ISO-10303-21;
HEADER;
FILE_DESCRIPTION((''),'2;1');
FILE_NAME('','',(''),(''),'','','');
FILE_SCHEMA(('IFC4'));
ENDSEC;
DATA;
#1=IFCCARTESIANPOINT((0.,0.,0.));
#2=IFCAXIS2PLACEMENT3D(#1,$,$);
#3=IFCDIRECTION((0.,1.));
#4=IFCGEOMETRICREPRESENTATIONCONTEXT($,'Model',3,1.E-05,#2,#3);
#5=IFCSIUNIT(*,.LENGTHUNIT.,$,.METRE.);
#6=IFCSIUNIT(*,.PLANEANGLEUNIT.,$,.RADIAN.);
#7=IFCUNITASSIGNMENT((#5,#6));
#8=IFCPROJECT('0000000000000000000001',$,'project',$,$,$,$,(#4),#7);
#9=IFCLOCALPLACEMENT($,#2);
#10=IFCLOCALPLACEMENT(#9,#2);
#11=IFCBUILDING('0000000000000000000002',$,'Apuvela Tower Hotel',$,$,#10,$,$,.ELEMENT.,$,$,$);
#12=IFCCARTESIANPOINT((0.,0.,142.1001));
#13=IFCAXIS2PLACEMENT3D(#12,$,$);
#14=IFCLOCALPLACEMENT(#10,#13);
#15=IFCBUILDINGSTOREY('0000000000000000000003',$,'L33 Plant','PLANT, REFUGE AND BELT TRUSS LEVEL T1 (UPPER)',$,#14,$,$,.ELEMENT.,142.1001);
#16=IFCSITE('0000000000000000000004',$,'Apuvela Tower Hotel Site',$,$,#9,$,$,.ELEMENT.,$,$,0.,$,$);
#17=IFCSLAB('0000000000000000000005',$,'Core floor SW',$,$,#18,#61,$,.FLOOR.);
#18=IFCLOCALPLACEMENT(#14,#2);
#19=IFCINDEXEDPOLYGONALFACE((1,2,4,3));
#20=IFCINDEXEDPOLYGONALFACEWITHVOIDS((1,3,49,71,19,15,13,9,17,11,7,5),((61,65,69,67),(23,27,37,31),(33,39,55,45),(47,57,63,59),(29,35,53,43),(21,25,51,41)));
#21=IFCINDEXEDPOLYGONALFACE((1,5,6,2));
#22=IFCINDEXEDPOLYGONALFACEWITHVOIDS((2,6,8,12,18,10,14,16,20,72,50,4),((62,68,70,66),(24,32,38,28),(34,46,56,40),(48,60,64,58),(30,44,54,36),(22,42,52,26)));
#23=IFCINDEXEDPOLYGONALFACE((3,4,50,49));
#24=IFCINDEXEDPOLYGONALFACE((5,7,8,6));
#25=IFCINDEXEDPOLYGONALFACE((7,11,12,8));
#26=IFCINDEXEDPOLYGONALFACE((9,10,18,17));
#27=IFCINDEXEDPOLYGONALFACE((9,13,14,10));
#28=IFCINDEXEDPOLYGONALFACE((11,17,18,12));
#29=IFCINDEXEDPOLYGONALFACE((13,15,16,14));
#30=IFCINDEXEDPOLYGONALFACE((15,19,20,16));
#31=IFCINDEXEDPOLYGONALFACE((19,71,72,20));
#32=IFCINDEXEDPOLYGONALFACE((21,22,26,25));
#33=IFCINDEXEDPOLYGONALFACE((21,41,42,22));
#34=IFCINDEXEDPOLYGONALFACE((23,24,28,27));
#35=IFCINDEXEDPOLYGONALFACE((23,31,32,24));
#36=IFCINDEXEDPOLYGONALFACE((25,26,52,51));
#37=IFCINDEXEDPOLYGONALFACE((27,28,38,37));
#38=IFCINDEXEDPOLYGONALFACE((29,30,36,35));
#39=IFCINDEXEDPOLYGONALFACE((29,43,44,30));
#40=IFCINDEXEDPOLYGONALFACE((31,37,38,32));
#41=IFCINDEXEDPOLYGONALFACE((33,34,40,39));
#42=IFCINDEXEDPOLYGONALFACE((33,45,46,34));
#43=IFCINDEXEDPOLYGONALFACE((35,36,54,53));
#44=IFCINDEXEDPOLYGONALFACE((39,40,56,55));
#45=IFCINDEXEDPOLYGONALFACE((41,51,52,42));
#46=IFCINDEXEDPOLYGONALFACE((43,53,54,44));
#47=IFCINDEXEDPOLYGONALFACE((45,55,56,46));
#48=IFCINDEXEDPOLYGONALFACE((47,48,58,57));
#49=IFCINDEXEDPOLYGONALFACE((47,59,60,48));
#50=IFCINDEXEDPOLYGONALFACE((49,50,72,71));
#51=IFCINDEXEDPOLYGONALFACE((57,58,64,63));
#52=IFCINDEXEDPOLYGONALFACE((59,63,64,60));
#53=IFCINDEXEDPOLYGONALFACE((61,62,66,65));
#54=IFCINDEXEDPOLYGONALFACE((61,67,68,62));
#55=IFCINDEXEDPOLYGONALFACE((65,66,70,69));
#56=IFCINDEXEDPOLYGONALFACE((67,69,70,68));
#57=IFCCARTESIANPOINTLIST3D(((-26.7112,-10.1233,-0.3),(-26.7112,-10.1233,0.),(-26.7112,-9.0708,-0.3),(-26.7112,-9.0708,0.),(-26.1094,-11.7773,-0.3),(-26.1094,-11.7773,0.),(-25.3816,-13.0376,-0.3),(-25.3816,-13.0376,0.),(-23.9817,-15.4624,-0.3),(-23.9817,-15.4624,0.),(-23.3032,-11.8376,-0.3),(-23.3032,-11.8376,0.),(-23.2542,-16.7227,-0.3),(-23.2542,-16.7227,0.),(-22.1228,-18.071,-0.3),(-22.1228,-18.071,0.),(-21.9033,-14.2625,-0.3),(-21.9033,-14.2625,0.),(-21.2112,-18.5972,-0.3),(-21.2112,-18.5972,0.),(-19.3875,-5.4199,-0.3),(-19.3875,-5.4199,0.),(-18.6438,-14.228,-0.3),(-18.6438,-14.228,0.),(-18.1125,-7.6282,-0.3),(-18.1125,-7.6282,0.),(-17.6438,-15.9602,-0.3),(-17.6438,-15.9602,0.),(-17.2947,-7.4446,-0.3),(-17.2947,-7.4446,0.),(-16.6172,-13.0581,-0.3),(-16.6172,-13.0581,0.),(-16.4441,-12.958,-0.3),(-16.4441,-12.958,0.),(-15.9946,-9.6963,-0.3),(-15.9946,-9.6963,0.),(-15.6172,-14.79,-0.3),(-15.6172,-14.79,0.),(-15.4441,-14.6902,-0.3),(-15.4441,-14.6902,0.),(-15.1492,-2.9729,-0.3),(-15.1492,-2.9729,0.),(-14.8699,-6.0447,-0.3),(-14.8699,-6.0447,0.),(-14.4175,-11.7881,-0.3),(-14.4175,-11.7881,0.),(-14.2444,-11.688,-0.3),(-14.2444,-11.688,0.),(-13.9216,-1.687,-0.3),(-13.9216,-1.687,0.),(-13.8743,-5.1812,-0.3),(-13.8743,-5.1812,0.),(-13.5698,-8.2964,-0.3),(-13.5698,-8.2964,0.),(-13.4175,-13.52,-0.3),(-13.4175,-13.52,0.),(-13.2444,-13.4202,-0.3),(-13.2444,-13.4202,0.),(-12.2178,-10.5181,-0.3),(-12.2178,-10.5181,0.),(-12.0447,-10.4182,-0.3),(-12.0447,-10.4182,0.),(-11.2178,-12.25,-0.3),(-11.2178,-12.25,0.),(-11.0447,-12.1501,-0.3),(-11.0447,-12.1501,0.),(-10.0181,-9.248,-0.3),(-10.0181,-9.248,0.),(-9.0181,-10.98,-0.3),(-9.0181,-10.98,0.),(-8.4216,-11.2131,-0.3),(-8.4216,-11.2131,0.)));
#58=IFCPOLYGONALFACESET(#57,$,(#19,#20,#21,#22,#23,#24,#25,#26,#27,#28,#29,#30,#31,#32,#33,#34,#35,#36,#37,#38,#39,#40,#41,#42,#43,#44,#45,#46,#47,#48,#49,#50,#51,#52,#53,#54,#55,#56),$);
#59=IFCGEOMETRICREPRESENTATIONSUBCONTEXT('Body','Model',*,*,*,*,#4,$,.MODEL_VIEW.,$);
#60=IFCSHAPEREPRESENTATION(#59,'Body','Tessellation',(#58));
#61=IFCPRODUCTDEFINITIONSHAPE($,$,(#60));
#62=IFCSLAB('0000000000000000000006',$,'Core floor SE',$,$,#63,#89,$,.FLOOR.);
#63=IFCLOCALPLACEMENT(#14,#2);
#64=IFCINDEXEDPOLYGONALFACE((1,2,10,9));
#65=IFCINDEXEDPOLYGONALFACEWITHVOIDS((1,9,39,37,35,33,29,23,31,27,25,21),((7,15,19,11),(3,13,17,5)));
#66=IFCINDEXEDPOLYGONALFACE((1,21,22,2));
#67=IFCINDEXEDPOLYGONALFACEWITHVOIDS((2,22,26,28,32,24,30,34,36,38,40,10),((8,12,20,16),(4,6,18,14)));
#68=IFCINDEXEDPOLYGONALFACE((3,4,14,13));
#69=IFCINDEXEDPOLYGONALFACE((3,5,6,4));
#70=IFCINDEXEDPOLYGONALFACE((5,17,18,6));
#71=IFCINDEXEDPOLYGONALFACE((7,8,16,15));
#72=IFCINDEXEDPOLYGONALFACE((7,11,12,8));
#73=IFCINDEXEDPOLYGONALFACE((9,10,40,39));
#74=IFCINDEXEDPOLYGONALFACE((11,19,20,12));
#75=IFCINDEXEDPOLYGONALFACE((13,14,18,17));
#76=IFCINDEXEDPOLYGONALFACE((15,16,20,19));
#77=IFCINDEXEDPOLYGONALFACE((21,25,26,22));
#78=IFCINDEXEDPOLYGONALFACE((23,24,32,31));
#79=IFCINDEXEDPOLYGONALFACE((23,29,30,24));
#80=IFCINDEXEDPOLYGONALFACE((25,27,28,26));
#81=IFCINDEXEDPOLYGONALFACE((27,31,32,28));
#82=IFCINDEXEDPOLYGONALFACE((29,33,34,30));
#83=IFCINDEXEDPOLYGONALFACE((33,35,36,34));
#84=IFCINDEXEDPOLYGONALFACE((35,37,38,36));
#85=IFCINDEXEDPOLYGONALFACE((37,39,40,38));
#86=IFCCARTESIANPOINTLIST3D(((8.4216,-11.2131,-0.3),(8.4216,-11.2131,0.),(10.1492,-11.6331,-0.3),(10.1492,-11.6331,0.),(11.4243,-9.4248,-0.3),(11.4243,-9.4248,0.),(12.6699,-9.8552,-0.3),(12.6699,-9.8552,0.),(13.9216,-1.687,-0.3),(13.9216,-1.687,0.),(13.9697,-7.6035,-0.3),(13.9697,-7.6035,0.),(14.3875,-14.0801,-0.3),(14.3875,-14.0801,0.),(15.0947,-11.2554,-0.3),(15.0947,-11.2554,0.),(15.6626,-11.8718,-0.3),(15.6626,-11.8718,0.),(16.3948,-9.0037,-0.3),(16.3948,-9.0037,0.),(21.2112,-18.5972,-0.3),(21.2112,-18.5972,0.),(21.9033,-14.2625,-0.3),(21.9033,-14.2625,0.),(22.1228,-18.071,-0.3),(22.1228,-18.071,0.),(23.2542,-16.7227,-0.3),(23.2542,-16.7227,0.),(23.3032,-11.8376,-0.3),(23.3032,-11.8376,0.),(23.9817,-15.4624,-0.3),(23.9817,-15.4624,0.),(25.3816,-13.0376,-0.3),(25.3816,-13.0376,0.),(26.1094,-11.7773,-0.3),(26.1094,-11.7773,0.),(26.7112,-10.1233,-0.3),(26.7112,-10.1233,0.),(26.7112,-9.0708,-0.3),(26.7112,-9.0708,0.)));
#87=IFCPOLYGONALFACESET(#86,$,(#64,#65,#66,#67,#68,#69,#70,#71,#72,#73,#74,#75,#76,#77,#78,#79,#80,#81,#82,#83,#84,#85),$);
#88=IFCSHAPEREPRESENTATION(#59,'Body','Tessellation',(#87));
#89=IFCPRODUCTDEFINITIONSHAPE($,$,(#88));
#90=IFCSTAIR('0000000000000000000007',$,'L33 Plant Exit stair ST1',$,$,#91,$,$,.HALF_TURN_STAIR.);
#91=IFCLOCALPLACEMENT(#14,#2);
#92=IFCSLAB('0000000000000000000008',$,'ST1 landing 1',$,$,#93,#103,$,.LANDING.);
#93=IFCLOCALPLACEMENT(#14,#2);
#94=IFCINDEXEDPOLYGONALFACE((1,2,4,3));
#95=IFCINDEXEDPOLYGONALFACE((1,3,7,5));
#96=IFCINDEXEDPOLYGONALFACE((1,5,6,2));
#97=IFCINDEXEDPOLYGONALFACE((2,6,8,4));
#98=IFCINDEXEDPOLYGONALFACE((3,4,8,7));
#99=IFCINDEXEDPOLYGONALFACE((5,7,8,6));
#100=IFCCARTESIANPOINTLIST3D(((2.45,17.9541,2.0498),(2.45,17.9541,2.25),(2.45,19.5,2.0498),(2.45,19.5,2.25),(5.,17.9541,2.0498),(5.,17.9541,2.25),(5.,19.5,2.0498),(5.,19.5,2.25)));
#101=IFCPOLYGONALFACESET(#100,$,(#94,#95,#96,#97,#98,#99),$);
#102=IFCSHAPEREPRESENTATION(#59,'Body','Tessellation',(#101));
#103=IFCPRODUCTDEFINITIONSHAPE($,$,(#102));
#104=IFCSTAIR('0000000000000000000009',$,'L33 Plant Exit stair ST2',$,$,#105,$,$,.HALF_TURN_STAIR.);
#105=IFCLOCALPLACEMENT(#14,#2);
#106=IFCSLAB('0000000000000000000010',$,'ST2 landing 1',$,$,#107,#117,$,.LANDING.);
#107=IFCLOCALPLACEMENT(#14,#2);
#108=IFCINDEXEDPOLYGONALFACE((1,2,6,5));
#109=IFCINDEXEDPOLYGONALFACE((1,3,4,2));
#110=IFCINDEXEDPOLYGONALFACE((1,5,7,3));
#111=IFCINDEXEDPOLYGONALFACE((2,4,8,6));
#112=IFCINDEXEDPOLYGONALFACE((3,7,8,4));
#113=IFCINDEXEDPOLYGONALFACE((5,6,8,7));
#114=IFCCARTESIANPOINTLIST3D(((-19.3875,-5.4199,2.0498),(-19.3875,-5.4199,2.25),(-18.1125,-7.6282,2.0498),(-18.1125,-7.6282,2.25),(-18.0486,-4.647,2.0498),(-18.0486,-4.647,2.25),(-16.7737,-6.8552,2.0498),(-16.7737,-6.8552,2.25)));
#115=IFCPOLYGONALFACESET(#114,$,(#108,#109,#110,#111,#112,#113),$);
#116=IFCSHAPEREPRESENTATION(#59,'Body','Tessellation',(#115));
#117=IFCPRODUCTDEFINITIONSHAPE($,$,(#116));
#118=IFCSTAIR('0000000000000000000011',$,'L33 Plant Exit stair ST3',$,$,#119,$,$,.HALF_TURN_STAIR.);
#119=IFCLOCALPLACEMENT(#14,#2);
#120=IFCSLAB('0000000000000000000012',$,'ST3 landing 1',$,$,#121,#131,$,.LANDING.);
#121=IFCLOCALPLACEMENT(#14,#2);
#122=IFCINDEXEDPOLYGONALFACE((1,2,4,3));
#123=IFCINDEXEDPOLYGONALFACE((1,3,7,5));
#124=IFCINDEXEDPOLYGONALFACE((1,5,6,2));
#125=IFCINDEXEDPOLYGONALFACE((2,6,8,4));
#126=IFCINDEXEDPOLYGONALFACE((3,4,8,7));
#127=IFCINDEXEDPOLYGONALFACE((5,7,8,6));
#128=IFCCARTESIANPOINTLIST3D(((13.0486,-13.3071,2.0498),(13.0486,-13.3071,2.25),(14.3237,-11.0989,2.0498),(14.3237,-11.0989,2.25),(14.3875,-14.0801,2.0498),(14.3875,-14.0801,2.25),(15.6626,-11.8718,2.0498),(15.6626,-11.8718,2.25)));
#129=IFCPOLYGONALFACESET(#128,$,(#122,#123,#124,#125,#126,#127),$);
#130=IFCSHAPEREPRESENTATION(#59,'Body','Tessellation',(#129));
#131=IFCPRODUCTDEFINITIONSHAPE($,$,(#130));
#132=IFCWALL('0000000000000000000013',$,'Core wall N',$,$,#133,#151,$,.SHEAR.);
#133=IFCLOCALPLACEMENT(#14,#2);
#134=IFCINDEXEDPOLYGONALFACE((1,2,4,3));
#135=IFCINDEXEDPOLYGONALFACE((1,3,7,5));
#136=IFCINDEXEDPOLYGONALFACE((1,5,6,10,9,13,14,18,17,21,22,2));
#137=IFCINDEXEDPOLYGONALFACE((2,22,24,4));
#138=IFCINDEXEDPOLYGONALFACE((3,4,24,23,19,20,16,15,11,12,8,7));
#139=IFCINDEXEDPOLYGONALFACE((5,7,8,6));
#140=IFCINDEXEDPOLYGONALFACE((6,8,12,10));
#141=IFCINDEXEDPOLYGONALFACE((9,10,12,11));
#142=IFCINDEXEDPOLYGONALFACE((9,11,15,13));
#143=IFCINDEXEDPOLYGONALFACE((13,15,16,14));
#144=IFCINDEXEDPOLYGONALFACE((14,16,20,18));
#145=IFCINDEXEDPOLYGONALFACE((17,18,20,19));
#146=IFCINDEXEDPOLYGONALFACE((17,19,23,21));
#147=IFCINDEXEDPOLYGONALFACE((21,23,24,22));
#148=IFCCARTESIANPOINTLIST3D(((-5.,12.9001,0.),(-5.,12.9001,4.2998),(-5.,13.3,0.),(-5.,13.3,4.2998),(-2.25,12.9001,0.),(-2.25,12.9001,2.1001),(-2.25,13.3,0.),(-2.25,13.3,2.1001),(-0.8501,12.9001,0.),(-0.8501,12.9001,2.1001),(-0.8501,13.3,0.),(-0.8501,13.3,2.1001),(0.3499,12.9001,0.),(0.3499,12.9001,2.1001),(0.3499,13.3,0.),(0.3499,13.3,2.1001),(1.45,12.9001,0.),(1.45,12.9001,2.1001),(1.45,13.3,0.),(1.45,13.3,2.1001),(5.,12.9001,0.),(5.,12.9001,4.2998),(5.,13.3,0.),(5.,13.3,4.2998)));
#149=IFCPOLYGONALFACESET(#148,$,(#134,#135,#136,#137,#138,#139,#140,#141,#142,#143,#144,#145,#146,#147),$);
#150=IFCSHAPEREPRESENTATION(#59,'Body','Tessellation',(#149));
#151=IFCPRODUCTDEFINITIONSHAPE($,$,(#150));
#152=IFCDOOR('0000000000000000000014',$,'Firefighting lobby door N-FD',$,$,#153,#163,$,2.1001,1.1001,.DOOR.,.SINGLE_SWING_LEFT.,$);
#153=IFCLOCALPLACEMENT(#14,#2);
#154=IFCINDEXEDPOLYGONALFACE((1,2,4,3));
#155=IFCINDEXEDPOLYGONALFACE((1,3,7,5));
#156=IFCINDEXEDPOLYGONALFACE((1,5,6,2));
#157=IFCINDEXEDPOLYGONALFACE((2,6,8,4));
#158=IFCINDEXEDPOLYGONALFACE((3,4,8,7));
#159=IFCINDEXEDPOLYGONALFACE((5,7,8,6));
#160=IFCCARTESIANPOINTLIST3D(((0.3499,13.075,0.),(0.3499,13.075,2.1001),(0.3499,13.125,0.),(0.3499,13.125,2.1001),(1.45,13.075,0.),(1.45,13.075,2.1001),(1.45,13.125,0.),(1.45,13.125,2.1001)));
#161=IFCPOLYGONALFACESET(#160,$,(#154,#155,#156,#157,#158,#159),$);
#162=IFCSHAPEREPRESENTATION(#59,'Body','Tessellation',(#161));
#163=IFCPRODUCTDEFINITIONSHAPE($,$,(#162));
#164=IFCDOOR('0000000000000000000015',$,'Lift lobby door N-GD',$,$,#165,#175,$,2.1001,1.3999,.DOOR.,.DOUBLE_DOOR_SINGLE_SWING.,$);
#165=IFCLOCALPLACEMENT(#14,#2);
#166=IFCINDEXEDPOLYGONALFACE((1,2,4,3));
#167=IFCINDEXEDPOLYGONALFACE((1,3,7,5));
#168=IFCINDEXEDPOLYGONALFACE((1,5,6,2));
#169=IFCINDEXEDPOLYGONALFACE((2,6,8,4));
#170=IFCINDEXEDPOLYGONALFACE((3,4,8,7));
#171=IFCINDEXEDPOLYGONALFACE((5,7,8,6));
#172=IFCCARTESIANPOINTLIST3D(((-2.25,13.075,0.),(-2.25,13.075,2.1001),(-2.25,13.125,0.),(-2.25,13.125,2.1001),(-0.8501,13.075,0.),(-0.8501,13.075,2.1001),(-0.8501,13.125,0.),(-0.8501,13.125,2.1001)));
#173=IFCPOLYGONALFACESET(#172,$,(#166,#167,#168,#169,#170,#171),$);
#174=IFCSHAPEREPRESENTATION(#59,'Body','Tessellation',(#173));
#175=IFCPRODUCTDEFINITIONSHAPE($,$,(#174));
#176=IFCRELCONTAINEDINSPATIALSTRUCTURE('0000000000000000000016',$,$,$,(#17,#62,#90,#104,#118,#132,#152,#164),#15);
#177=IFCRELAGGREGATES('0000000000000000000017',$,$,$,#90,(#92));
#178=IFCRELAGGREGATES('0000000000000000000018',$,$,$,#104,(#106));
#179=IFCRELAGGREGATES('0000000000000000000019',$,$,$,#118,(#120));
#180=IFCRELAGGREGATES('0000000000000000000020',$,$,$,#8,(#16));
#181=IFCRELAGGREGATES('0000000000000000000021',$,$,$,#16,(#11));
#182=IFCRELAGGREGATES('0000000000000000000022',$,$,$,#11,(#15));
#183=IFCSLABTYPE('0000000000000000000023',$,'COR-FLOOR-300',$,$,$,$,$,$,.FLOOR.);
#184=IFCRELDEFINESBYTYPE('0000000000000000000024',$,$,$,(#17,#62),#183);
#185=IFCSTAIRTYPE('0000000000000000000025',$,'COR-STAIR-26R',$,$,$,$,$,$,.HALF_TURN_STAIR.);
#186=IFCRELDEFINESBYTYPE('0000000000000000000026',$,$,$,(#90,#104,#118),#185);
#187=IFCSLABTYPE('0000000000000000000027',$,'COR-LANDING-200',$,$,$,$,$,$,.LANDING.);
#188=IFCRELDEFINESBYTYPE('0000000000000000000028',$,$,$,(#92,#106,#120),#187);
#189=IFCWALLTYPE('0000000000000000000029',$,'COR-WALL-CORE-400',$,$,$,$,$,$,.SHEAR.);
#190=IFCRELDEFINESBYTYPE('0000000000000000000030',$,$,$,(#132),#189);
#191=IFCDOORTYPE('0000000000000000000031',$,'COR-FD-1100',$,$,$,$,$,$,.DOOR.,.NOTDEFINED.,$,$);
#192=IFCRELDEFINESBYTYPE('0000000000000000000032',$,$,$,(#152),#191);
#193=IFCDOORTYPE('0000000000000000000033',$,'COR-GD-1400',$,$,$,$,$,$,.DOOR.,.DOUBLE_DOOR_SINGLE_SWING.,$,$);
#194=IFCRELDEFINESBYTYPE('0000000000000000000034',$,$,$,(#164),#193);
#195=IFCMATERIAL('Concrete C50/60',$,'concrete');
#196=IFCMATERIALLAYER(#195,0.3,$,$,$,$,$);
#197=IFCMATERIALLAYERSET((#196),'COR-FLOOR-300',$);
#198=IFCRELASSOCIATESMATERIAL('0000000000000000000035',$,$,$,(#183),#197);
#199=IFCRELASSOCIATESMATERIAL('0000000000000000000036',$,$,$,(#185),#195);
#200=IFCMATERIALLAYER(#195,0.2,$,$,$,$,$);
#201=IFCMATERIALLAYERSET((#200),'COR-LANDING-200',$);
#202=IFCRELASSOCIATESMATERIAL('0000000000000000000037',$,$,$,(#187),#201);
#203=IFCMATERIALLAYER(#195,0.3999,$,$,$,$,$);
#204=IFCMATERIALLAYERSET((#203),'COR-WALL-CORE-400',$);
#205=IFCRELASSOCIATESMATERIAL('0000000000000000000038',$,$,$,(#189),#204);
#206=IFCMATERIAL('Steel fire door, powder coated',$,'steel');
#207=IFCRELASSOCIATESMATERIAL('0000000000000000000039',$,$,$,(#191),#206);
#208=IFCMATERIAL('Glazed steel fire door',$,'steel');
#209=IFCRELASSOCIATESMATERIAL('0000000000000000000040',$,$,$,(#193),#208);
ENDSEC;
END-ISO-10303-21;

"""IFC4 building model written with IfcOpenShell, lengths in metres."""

from ifc_helpers import new_model, si_unit, direction, frame, frame_2d, origin, place, context, subcontext, project, spatial, polyline, rectangle, outline, extrude, material, layer, layer_set, type_object, element, fill, aggregate, save


model = new_model("IFC4")

# Units and contexts
model_context = context("Model", 3, precision=1e-05, world=origin(), true_north=direction((0.0, 1.0)))
body_context = subcontext(model_context, "Body", "Model", "MODEL_VIEW")
ifc_project = project(units=[si_unit("LENGTHUNIT", "METRE"), si_unit("PLANEANGLEUNIT", "RADIAN")], contexts=[model_context])

# Site, building, storey
site_placement = place(None, origin())
site = spatial("IfcSite", under=ifc_project, at=site_placement, Name="Apuvela Tower Hotel Site", CompositionType="ELEMENT", RefElevation=0.0)
building_placement = place(site_placement, origin())
building = spatial("IfcBuilding", under=site, at=building_placement, Name="Apuvela Tower Hotel", CompositionType="ELEMENT")
storey_placement = place(building_placement, frame((0.0, 0.0, 142.1001)))
storey = spatial("IfcBuildingStorey", under=building, at=storey_placement, Name="L33 Plant", Description="PLANT, REFUGE AND BELT TRUSS LEVEL T1 (UPPER)", CompositionType="ELEMENT", Elevation=142.1001)

# Slabs
ifc_material_1 = material(Name="Concrete C50/60", Category="concrete")
ifc_layer_1 = layer(ifc_material_1, 0.3)
ifc_layer_set_1 = layer_set([ifc_layer_1], Name="COR-FLOOR-300")
slab_type_1 = type_object("IfcSlabType", Name="COR-FLOOR-300", PredefinedType="FLOOR", material=ifc_layer_set_1)
slab_1_placement = place(storey_placement, frame((0.0, 0.0, -0.3)))
element("IfcSlab", 1, at=slab_1_placement, inside=storey, type_object=slab_type_1, Name="Core floor SW", PredefinedType="FLOOR", context=body_context, shape_type="SweptSolid", body=[
    extrude(outline(polyline([(-26.7112, -9.0708), (-26.7112, -10.1233), (-26.1094, -11.7773), (-25.3816, -13.0376), (-23.3032, -11.8376), (-21.9033, -14.2625), (-23.9817, -15.4624), (-23.2542, -16.7227), (-22.1228, -18.071), (-21.2112, -18.5972), (-8.4216, -11.2131), (-13.9216, -1.687), (-26.7112, -9.0708)]), holes=[polyline([(-10.0181, -9.248), (-9.0181, -10.98), (-11.0447, -12.1501), (-12.0447, -10.4182), (-10.0181, -9.248)]), polyline([(-14.2444, -11.688), (-12.2178, -10.5181), (-11.2178, -12.25), (-13.2444, -13.4202), (-14.2444, -11.688)]), polyline([(-19.3875, -5.4199), (-15.1492, -2.9729), (-13.8743, -5.1812), (-18.1125, -7.6282), (-19.3875, -5.4199)]), polyline([(-14.8699, -6.0447), (-13.5698, -8.2964), (-15.9946, -9.6963), (-17.2947, -7.4446), (-14.8699, -6.0447)]), polyline([(-16.4441, -12.958), (-14.4175, -11.7881), (-13.4175, -13.52), (-15.4441, -14.6902), (-16.4441, -12.958)]), polyline([(-18.6438, -14.228), (-16.6172, -13.0581), (-15.6172, -14.79), (-17.6438, -15.9602), (-18.6438, -14.228)])]), origin(), (0.0, 0.0, 1.0), 0.3),
])
slab_2_placement = place(storey_placement, frame((0.0, 0.0, -0.3)))
element("IfcSlab", 2, at=slab_2_placement, inside=storey, type_object=slab_type_1, Name="Core floor SE", PredefinedType="FLOOR", context=body_context, shape_type="SweptSolid", body=[
    extrude(outline(polyline([(21.2112, -18.5972), (22.1228, -18.071), (23.2542, -16.7227), (23.9817, -15.4624), (21.9033, -14.2625), (23.3032, -11.8376), (25.3816, -13.0376), (26.1094, -11.7773), (26.7112, -10.1233), (26.7112, -9.0708), (13.9216, -1.687), (8.4216, -11.2131), (21.2112, -18.5972)]), holes=[polyline([(11.4243, -9.4248), (15.6626, -11.8718), (14.3875, -14.0801), (10.1492, -11.6331), (11.4243, -9.4248)]), polyline([(13.9697, -7.6035), (16.3948, -9.0037), (15.0947, -11.2554), (12.6699, -9.8552), (13.9697, -7.6035)])]), origin(), (0.0, 0.0, 1.0), 0.3),
])

# Stairs, slabs
stair_type = type_object("IfcStairType", Name="COR-STAIR-26R", PredefinedType="HALF_TURN_STAIR", material=ifc_material_1)
stair_1_placement = place(storey_placement, origin())
stair_1 = element("IfcStair", 3, at=stair_1_placement, inside=storey, type_object=stair_type, Name="L33 Plant Exit stair ST1", PredefinedType="HALF_TURN_STAIR")
ifc_layer_2 = layer(ifc_material_1, 0.2)
ifc_layer_set_2 = layer_set([ifc_layer_2], Name="COR-LANDING-200")
slab_type_2 = type_object("IfcSlabType", Name="COR-LANDING-200", PredefinedType="LANDING", material=ifc_layer_set_2)
slab_3_placement = place(storey_placement, frame((0.0, 0.0, 2.0498)))
slab_3 = element("IfcSlab", 4, at=slab_3_placement, type_object=slab_type_2, Name="ST1 landing 1", PredefinedType="LANDING", context=body_context, shape_type="SweptSolid", body=[
    extrude(outline(polyline([(5.0, 17.9541), (5.0, 19.5), (2.45, 19.5), (2.45, 17.9541), (5.0, 17.9541)])), origin(), (0.0, 0.0, 1.0), 0.2002),
])
aggregate(stair_1, [slab_3])
stair_2_placement = place(storey_placement, origin())
stair_2 = element("IfcStair", 5, at=stair_2_placement, inside=storey, type_object=stair_type, Name="L33 Plant Exit stair ST2", PredefinedType="HALF_TURN_STAIR")
slab_4_placement = place(storey_placement, frame((0.0, 0.0, 2.0498)))
slab_4 = element("IfcSlab", 6, at=slab_4_placement, type_object=slab_type_2, Name="ST2 landing 1", PredefinedType="LANDING", context=body_context, shape_type="SweptSolid", body=[
    extrude(outline(polyline([(-18.0486, -4.647), (-19.3875, -5.4199), (-18.1125, -7.6282), (-16.7737, -6.8552), (-18.0486, -4.647)])), origin(), (0.0, 0.0, 1.0), 0.2002),
])
aggregate(stair_2, [slab_4])
stair_3_placement = place(storey_placement, origin())
stair_3 = element("IfcStair", 7, at=stair_3_placement, inside=storey, type_object=stair_type, Name="L33 Plant Exit stair ST3", PredefinedType="HALF_TURN_STAIR")
slab_5_placement = place(storey_placement, frame((0.0, 0.0, 2.0498)))
slab_5 = element("IfcSlab", 8, at=slab_5_placement, type_object=slab_type_2, Name="ST3 landing 1", PredefinedType="LANDING", context=body_context, shape_type="SweptSolid", body=[
    extrude(outline(polyline([(13.0486, -13.3071), (14.3875, -14.0801), (15.6626, -11.8718), (14.3237, -11.0989), (13.0486, -13.3071)])), origin(), (0.0, 0.0, 1.0), 0.2002),
])
aggregate(stair_3, [slab_5])

# Wall, openings, doors
ifc_layer_3 = layer(ifc_material_1, 0.3999)
ifc_layer_set_3 = layer_set([ifc_layer_3], Name="COR-WALL-CORE-400")
wall_type_1 = type_object("IfcWallType", Name="COR-WALL-CORE-400", PredefinedType="SHEAR", material=ifc_layer_set_3)
wall_1_placement = place(storey_placement, frame((5.0, 13.1001, 0.0), z_axis=(0.0, 0.0, 1.0), x_axis=(-1.0, 0.0, 0.0)))
wall_1 = element("IfcWall", 9, at=wall_1_placement, inside=storey, type_object=wall_type_1, Name="Core wall N", PredefinedType="SHEAR", context=body_context, shape_type="SweptSolid", body=[
    extrude(rectangle(XDim=10.0, YDim=0.3999, at=frame_2d((5.0, 0.0))), origin(), (0.0, 0.0, 1.0), 4.2998),
])
opening_1_placement = place(wall_1_placement, frame((3.55, 0.0, 0.0)))
opening_1 = element("IfcOpeningElement", 10, at=opening_1_placement, cuts=wall_1, PredefinedType="OPENING", context=body_context, shape_type="SweptSolid", body=[
    extrude(rectangle(XDim=1.1001, YDim=2.1001, at=frame_2d((0.55, 1.05))), frame((0.0, 0.21, 0.0), z_axis=(0.0, -1.0, 0.0), x_axis=(1.0, 0.0, 0.0)), (0.0, 0.0, 1.0), 0.4199),
])
opening_2_placement = place(wall_1_placement, frame((5.8501, 0.0, 0.0)))
opening_2 = element("IfcOpeningElement", 11, at=opening_2_placement, cuts=wall_1, PredefinedType="OPENING", context=body_context, shape_type="SweptSolid", body=[
    extrude(rectangle(XDim=1.3999, YDim=2.1001, at=frame_2d((0.7, 1.05))), frame((0.0, 0.21, 0.0), z_axis=(0.0, -1.0, 0.0), x_axis=(1.0, 0.0, 0.0)), (0.0, 0.0, 1.0), 0.4199),
])
ifc_material_2 = material(Name="Steel fire door, powder coated", Category="steel")
door_type_1 = type_object("IfcDoorType", Name="COR-FD-1100", OperationType="NOTDEFINED", PredefinedType="DOOR", material=ifc_material_2)
door_1_placement = place(opening_1_placement, frame((1.1001, 0.0, 0.0), z_axis=(0.0, 0.0, 1.0), x_axis=(-1.0, 0.0, 0.0)))
door_1 = element("IfcDoor", 12, at=door_1_placement, inside=storey, type_object=door_type_1, Name="Firefighting lobby door N-FD", OperationType="SINGLE_SWING_LEFT", OverallHeight=2.1001, OverallWidth=1.1001, PredefinedType="DOOR", context=body_context, shape_type="SweptSolid", body=[
    extrude(rectangle(XDim=1.1001, YDim=2.1001, at=frame_2d((0.55, 1.05))), frame((0.0, 0.0249, 0.0), z_axis=(0.0, -1.0, 0.0), x_axis=(1.0, 0.0, 0.0)), (0.0, 0.0, 1.0), 0.05),
])
fill(opening_1, door_1)
ifc_material_3 = material(Name="Glazed steel fire door", Category="steel")
door_type_2 = type_object("IfcDoorType", Name="COR-GD-1400", OperationType="DOUBLE_DOOR_SINGLE_SWING", PredefinedType="DOOR", material=ifc_material_3)
door_2_placement = place(opening_2_placement, frame((1.3999, 0.0, 0.0), z_axis=(0.0, 0.0, 1.0), x_axis=(-1.0, 0.0, 0.0)))
door_2 = element("IfcDoor", 13, at=door_2_placement, inside=storey, type_object=door_type_2, Name="Lift lobby door N-GD", OperationType="DOUBLE_DOOR_SINGLE_SWING", OverallHeight=2.1001, OverallWidth=1.3999, PredefinedType="DOOR", context=body_context, shape_type="SweptSolid", body=[
    extrude(rectangle(XDim=1.3999, YDim=2.1001, at=frame_2d((0.7, 1.05))), frame((0.0, 0.0249, 0.0), z_axis=(0.0, -1.0, 0.0), x_axis=(1.0, 0.0, 0.0)), (0.0, 0.0, 1.0), 0.05),
])
fill(opening_2, door_2)

save(model, "model.ifc")
